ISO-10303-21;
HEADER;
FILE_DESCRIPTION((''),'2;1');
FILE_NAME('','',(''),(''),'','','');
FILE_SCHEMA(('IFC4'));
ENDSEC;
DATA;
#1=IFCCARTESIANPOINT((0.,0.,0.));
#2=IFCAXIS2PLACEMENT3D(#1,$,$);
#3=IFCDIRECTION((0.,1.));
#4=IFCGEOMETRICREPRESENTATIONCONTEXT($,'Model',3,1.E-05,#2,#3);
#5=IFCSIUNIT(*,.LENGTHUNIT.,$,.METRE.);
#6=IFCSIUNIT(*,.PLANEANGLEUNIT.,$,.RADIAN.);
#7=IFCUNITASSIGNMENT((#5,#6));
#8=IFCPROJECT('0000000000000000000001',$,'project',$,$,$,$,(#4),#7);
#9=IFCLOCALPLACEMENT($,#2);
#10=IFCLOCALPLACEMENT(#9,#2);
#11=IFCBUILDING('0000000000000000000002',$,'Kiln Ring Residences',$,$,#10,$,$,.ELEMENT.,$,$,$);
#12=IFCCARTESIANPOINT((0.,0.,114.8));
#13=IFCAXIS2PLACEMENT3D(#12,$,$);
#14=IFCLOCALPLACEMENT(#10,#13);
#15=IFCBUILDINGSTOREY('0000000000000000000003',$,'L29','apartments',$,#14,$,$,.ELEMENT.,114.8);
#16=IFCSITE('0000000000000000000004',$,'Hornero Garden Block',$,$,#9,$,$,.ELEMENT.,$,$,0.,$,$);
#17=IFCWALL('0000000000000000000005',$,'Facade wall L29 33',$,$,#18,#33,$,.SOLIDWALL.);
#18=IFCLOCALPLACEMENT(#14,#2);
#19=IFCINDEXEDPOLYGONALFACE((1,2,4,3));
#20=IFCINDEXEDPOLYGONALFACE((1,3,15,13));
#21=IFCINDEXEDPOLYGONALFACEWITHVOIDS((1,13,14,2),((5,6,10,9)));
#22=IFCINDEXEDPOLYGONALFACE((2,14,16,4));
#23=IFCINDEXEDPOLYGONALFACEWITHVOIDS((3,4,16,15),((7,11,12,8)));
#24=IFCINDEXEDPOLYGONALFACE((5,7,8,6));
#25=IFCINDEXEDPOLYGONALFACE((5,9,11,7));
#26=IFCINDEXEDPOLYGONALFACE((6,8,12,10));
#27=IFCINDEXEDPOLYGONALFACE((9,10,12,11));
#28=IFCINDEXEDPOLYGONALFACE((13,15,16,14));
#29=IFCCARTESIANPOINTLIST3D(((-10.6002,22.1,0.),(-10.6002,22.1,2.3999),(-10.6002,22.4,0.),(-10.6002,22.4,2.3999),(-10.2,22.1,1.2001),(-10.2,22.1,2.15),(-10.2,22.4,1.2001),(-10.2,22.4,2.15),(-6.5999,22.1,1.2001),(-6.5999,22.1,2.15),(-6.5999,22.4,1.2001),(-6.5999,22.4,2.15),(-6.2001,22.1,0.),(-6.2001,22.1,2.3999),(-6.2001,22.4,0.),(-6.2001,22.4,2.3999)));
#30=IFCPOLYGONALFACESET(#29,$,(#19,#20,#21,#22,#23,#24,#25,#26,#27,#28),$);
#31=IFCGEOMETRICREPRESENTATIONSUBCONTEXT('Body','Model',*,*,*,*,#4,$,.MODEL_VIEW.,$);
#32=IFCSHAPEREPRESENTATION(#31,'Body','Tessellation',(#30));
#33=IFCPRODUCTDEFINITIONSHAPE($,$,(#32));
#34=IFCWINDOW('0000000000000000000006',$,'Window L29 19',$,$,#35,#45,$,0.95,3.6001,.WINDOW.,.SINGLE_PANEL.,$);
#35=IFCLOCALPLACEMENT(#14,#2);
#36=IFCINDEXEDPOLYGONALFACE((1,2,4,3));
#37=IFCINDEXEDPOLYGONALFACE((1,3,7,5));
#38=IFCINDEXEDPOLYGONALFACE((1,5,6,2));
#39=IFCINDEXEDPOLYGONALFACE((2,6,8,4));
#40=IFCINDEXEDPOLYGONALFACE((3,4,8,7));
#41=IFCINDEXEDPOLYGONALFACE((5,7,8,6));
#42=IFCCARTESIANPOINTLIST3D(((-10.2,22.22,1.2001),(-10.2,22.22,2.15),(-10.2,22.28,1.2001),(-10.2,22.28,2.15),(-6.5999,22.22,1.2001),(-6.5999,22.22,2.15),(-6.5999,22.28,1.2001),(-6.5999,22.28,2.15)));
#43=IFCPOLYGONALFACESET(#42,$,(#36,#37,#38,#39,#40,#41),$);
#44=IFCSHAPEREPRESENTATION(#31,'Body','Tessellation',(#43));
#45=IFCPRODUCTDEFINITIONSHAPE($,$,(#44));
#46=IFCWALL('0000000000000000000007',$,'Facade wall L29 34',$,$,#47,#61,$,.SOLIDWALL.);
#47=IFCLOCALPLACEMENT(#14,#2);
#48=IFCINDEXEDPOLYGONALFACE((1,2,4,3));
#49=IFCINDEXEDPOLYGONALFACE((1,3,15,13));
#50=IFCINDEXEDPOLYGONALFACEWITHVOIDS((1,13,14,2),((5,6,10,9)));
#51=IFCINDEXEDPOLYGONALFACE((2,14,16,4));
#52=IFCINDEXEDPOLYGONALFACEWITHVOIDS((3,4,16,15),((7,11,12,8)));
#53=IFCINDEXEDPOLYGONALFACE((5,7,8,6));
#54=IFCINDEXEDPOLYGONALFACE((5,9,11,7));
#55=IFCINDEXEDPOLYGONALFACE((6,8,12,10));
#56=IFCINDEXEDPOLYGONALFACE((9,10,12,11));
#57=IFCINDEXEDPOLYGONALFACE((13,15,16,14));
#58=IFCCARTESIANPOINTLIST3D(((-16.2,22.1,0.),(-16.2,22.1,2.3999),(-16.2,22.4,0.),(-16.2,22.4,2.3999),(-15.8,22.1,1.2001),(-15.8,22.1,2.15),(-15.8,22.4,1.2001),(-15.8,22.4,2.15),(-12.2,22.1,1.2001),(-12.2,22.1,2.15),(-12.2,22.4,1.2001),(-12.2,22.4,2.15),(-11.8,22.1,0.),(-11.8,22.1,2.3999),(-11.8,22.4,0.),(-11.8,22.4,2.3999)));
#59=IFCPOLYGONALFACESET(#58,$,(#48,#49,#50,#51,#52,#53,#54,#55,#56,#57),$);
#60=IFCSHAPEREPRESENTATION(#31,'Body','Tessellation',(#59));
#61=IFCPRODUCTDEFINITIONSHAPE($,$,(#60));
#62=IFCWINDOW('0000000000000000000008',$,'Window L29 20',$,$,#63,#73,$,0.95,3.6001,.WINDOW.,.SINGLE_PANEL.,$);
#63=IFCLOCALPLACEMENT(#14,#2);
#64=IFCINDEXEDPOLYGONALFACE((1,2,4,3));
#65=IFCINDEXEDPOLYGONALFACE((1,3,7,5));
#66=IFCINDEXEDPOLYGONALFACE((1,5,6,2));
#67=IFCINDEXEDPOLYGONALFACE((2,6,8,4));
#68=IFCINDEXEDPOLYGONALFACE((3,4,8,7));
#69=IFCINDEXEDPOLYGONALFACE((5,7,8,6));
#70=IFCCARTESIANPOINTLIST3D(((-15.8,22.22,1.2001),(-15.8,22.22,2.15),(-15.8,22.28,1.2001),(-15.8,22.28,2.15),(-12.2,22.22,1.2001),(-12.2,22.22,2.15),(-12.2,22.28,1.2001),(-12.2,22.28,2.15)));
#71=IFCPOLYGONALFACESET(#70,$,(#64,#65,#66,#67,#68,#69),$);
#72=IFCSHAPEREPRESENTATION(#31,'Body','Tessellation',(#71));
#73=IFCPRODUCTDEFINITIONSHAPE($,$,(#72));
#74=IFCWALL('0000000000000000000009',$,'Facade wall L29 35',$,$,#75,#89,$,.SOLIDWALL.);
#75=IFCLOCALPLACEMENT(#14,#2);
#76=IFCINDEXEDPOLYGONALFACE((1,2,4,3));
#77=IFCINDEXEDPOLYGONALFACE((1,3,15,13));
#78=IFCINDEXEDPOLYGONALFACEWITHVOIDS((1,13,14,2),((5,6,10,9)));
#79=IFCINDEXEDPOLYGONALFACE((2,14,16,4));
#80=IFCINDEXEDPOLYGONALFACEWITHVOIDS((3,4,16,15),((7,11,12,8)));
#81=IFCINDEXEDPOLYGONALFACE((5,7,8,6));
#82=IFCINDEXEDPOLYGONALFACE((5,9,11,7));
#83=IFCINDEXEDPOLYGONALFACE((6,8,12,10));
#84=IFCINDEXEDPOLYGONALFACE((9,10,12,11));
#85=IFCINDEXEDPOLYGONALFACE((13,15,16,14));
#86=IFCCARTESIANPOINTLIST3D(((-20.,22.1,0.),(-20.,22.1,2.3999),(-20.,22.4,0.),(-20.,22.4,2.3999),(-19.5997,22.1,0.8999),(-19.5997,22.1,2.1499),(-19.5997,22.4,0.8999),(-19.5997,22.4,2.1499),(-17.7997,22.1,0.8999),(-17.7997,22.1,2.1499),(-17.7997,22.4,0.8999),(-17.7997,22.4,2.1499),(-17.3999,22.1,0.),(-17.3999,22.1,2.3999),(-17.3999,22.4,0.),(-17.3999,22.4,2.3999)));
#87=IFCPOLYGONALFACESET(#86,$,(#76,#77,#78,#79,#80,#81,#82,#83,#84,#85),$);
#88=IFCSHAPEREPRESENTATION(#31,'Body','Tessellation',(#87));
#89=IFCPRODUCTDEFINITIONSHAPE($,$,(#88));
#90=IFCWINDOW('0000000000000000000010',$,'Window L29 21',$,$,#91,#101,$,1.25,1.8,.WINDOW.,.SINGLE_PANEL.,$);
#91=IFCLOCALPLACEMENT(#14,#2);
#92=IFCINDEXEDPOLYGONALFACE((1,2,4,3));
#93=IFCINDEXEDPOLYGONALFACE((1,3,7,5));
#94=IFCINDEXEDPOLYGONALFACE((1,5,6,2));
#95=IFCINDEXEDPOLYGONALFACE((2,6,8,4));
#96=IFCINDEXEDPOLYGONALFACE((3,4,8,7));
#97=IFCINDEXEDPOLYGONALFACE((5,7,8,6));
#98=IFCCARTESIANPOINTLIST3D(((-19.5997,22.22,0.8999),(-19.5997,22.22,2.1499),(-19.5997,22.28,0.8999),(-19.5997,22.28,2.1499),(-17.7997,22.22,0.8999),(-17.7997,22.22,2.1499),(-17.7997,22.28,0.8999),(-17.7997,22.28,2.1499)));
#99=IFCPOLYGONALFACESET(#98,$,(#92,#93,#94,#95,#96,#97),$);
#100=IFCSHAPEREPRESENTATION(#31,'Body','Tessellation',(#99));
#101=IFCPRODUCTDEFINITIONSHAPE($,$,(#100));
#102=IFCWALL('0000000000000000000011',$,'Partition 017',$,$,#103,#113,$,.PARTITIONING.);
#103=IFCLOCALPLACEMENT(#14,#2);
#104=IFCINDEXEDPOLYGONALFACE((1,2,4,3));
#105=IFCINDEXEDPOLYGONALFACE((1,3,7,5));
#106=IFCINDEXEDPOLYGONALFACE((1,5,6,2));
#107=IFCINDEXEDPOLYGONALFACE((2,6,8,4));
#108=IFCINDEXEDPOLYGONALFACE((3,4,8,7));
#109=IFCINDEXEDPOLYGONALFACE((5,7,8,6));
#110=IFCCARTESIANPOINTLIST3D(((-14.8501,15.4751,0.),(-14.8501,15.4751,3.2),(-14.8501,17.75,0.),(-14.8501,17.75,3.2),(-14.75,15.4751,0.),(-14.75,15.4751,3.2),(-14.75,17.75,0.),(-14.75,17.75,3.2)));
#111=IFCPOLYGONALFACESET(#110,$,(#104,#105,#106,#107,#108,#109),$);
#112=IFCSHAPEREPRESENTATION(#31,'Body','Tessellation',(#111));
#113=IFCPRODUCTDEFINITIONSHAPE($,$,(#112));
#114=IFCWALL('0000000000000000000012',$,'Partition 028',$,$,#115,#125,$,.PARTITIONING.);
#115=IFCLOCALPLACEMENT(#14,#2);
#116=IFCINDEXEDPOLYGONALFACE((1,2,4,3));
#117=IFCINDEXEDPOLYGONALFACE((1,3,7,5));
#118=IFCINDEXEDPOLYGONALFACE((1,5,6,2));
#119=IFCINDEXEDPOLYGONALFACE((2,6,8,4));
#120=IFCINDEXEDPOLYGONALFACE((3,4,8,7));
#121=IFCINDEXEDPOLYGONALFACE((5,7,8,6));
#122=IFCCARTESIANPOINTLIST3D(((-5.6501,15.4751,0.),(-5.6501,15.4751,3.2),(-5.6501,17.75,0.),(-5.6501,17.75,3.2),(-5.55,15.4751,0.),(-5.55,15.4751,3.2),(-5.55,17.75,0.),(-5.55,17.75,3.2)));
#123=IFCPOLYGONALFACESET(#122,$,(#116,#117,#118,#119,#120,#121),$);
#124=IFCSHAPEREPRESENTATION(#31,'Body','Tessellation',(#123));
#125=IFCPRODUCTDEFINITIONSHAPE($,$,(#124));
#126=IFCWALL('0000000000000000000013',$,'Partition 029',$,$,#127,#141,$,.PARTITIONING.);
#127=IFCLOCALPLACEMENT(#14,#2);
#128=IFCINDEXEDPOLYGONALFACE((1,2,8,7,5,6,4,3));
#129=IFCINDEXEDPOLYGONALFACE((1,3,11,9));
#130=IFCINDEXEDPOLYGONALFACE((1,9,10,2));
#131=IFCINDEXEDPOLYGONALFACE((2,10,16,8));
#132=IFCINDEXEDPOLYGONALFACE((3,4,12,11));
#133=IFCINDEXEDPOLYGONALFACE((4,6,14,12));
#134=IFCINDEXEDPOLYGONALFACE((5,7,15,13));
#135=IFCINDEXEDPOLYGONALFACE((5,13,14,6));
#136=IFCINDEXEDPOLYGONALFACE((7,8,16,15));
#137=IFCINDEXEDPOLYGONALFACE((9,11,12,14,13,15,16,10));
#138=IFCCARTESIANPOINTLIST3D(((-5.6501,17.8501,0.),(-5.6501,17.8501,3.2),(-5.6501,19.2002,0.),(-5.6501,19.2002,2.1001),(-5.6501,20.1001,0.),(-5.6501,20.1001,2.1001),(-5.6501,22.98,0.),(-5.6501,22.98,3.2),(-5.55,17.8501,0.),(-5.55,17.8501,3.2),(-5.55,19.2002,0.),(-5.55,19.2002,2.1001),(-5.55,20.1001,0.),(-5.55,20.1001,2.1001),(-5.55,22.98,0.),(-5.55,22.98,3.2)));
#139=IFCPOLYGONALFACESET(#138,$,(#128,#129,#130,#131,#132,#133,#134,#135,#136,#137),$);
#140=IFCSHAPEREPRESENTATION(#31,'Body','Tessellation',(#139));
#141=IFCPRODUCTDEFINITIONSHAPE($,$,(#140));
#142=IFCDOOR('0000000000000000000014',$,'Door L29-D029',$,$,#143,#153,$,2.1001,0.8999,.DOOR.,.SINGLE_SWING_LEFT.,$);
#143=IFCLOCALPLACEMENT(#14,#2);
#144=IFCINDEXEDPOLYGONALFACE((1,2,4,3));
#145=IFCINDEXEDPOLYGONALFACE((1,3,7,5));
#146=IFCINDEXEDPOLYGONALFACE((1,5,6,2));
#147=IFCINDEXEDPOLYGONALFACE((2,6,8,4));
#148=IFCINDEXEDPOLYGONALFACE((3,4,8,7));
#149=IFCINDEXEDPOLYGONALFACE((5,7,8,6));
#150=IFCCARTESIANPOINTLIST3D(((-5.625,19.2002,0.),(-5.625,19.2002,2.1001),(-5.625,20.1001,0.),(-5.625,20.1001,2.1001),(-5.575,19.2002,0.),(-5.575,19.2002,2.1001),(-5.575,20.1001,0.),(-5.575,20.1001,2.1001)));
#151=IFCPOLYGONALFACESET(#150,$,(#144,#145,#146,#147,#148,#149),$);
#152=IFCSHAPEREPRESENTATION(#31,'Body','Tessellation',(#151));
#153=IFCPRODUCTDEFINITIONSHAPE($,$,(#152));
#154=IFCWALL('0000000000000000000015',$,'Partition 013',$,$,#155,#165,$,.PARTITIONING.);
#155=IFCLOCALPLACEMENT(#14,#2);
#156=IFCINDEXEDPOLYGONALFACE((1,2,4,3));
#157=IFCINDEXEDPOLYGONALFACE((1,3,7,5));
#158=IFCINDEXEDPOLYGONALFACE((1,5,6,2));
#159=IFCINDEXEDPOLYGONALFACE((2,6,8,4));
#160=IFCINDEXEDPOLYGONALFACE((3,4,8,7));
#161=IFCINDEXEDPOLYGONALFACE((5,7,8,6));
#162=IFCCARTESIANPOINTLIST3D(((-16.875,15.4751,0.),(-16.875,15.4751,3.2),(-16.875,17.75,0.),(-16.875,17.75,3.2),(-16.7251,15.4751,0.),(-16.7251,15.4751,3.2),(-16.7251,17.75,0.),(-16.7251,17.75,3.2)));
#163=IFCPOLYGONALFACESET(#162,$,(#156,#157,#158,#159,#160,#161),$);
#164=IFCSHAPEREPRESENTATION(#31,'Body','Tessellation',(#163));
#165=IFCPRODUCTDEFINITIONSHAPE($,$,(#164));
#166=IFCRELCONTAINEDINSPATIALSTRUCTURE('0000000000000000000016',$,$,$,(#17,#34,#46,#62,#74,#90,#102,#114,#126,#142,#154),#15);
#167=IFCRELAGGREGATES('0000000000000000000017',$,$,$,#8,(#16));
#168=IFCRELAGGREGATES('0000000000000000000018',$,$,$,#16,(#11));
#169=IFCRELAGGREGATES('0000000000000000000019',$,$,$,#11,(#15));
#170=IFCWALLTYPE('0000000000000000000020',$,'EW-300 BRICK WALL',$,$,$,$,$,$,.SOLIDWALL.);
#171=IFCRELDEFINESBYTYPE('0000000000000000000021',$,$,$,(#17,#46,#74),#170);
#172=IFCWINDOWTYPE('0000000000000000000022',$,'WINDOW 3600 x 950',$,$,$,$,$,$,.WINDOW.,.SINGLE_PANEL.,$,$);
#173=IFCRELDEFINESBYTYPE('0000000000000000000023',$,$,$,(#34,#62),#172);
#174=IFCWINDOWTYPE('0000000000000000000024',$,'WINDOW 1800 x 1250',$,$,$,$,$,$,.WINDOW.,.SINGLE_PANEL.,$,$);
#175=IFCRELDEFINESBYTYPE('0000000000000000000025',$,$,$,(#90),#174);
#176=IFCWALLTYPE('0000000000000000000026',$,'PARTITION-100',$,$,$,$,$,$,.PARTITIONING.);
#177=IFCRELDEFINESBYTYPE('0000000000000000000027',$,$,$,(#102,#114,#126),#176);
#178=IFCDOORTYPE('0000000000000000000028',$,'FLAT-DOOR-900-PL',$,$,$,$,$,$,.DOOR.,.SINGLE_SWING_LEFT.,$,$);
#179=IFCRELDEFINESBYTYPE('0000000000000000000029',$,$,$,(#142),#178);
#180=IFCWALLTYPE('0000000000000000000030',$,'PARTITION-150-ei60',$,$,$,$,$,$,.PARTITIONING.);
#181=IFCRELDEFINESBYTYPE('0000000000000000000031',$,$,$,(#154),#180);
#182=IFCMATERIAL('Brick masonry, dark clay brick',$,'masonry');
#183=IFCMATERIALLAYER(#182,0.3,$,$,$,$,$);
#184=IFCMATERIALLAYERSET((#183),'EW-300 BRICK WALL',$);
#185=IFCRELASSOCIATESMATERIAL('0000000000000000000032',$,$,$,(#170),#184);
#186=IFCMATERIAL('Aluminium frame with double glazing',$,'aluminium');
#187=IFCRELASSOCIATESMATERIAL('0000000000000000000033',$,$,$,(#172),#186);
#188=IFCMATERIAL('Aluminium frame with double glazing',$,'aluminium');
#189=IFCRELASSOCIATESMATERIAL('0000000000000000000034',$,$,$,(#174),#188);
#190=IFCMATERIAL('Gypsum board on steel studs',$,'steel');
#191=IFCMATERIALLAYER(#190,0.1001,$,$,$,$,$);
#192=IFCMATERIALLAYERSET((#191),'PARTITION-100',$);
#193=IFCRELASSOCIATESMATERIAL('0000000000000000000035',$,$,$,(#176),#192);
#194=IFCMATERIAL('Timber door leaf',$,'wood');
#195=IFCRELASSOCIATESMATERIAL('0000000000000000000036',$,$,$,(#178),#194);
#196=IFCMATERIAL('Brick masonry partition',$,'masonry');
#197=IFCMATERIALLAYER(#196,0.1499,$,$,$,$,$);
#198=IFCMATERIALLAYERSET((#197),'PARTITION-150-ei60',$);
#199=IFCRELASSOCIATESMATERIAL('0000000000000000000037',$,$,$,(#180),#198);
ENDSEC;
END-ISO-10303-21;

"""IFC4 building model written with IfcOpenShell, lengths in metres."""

from ifc_helpers import new_model, si_unit, direction, frame, frame_2d, origin, place, context, subcontext, project, spatial, rectangle, extrude, material, layer, layer_set, type_object, element, fill, save


model = new_model("IFC4")

# Units and contexts
model_context = context("Model", 3, precision=1e-05, world=origin(), true_north=direction((0.0, 1.0)))
body_context = subcontext(model_context, "Body", "Model", "MODEL_VIEW")
ifc_project = project(units=[si_unit("LENGTHUNIT", "METRE"), si_unit("PLANEANGLEUNIT", "RADIAN")], contexts=[model_context])

# Site, building, storey
site_placement = place(None, origin())
site = spatial("IfcSite", under=ifc_project, at=site_placement, Name="Hornero Garden Block", CompositionType="ELEMENT", RefElevation=0.0)
building_placement = place(site_placement, origin())
building = spatial("IfcBuilding", under=site, at=building_placement, Name="Kiln Ring Residences", CompositionType="ELEMENT")
storey_placement = place(building_placement, frame((0.0, 0.0, 114.8)))
storey = spatial("IfcBuildingStorey", under=building, at=storey_placement, Name="L29", Description="apartments", CompositionType="ELEMENT", Elevation=114.8)

# Walls, openings, windows
ifc_material_1 = material(Name="Brick masonry, dark clay brick", Category="masonry")
ifc_layer_1 = layer(ifc_material_1, 0.3)
ifc_layer_set_1 = layer_set([ifc_layer_1], Name="EW-300 BRICK WALL")
wall_type_1 = type_object("IfcWallType", Name="EW-300 BRICK WALL", PredefinedType="SOLIDWALL", material=ifc_layer_set_1)
ifc_material_2 = material(Name="Aluminium frame with double glazing", Category="aluminium")
window_type_1 = type_object("IfcWindowType", Name="WINDOW 3600 x 950", PartitioningType="SINGLE_PANEL", PredefinedType="WINDOW", material=ifc_material_2)
wall_1_placement = place(storey_placement, frame((-6.2, 22.25, 0.0), z_axis=(0.0, 0.0, 1.0), x_axis=(-1.0, 0.0, 0.0)))
wall_1 = element("IfcWall", 1, at=wall_1_placement, inside=storey, type_object=wall_type_1, Name="Facade wall L29 33", PredefinedType="SOLIDWALL", context=body_context, shape_type="SweptSolid", body=[
    extrude(rectangle(XDim=4.4001, YDim=0.3, at=frame_2d((2.2002, 0.0))), origin(), (0.0, 0.0, 1.0), 2.3999),
])
opening_1_placement = place(wall_1_placement, frame((0.3999, 0.0, 1.2)))
opening_1 = element("IfcOpeningElement", 2, at=opening_1_placement, cuts=wall_1, PredefinedType="OPENING", context=body_context, shape_type="SweptSolid", body=[
    extrude(rectangle(XDim=3.6001, YDim=0.95, at=frame_2d((1.8, 0.4751))), frame((0.0, 0.1599, 0.0), z_axis=(0.0, -1.0, 0.0), x_axis=(1.0, 0.0, 0.0)), (0.0, 0.0, 1.0), 0.3201),
])
window_1_placement = place(opening_1_placement, origin())
window_1 = element("IfcWindow", 3, at=window_1_placement, inside=storey, type_object=window_type_1, Name="Window L29 19", OverallHeight=0.95, OverallWidth=3.6001, PartitioningType="SINGLE_PANEL", PredefinedType="WINDOW", context=body_context, shape_type="SweptSolid", body=[
    extrude(rectangle(XDim=3.6001, YDim=0.95, at=frame_2d((1.8, 0.4751))), frame((0.0, 0.03, 0.0), z_axis=(0.0, -1.0, 0.0), x_axis=(1.0, 0.0, 0.0)), (0.0, 0.0, 1.0), 0.0601),
])
fill(opening_1, window_1)
wall_2_placement = place(storey_placement, frame((-11.8, 22.25, 0.0), z_axis=(0.0, 0.0, 1.0), x_axis=(-1.0, 0.0, 0.0)))
wall_2 = element("IfcWall", 4, at=wall_2_placement, inside=storey, type_object=wall_type_1, Name="Facade wall L29 34", PredefinedType="SOLIDWALL", context=body_context, shape_type="SweptSolid", body=[
    extrude(rectangle(XDim=4.3999, YDim=0.3, at=frame_2d((2.2, 0.0))), origin(), (0.0, 0.0, 1.0), 2.3999),
])
opening_2_placement = place(wall_2_placement, frame((0.3999, 0.0, 1.2)))
opening_2 = element("IfcOpeningElement", 5, at=opening_2_placement, cuts=wall_2, PredefinedType="OPENING", context=body_context, shape_type="SweptSolid", body=[
    extrude(rectangle(XDim=3.6001, YDim=0.95, at=frame_2d((1.8, 0.4751))), frame((0.0, 0.1599, 0.0), z_axis=(0.0, -1.0, 0.0), x_axis=(1.0, 0.0, 0.0)), (0.0, 0.0, 1.0), 0.3201),
])
window_2_placement = place(opening_2_placement, origin())
window_2 = element("IfcWindow", 6, at=window_2_placement, inside=storey, type_object=window_type_1, Name="Window L29 20", OverallHeight=0.95, OverallWidth=3.6001, PartitioningType="SINGLE_PANEL", PredefinedType="WINDOW", context=body_context, shape_type="SweptSolid", body=[
    extrude(rectangle(XDim=3.6001, YDim=0.95, at=frame_2d((1.8, 0.4751))), frame((0.0, 0.03, 0.0), z_axis=(0.0, -1.0, 0.0), x_axis=(1.0, 0.0, 0.0)), (0.0, 0.0, 1.0), 0.0601),
])
fill(opening_2, window_2)
wall_3_placement = place(storey_placement, frame((-17.3999, 22.25, 0.0), z_axis=(0.0, 0.0, 1.0), x_axis=(-1.0, 0.0, 0.0)))
wall_3 = element("IfcWall", 7, at=wall_3_placement, inside=storey, type_object=wall_type_1, Name="Facade wall L29 35", PredefinedType="SOLIDWALL", context=body_context, shape_type="SweptSolid", body=[
    extrude(rectangle(XDim=2.6001, YDim=0.3, at=frame_2d((1.3, 0.0))), origin(), (0.0, 0.0, 1.0), 2.3999),
])
opening_3_placement = place(wall_3_placement, frame((0.3999, 0.0, 0.8999)))
opening_3 = element("IfcOpeningElement", 8, at=opening_3_placement, cuts=wall_3, PredefinedType="OPENING", context=body_context, shape_type="SweptSolid", body=[
    extrude(rectangle(XDim=1.8, YDim=1.25, at=frame_2d((0.8999, 0.625))), frame((0.0, 0.1599, 0.0), z_axis=(0.0, -1.0, 0.0), x_axis=(1.0, 0.0, 0.0)), (0.0, 0.0, 1.0), 0.3201),
])
ifc_material_3 = material(Name="Aluminium frame with double glazing", Category="aluminium")
window_type_2 = type_object("IfcWindowType", Name="WINDOW 1800 x 1250", PartitioningType="SINGLE_PANEL", PredefinedType="WINDOW", material=ifc_material_3)
window_3_placement = place(opening_3_placement, origin())
window_3 = element("IfcWindow", 9, at=window_3_placement, inside=storey, type_object=window_type_2, Name="Window L29 21", OverallHeight=1.25, OverallWidth=1.8, PartitioningType="SINGLE_PANEL", PredefinedType="WINDOW", context=body_context, shape_type="SweptSolid", body=[
    extrude(rectangle(XDim=1.8, YDim=1.25, at=frame_2d((0.8999, 0.625))), frame((0.0, 0.03, 0.0), z_axis=(0.0, -1.0, 0.0), x_axis=(1.0, 0.0, 0.0)), (0.0, 0.0, 1.0), 0.0601),
])
fill(opening_3, window_3)

# Walls
ifc_material_4 = material(Name="Gypsum board on steel studs", Category="steel")
ifc_layer_2 = layer(ifc_material_4, 0.1001)
ifc_layer_set_2 = layer_set([ifc_layer_2], Name="PARTITION-100")
wall_type_2 = type_object("IfcWallType", Name="PARTITION-100", PredefinedType="PARTITIONING", material=ifc_layer_set_2)
for number, where, z_axis, x_axis, name in (
    (10, (-14.8, 15.4751, 0.0), (0.0, 0.0, 1.0), (0.0, 1.0, 0.0), "Partition 017"),
    (11, (-5.6001, 15.4751, 0.0), (0.0, 0.0, 1.0), (0.0, 1.0, 0.0), "Partition 028"),
):
    element("IfcWall", number, at=place(storey_placement, frame(where, z_axis=z_axis, x_axis=x_axis)), inside=storey, type_object=wall_type_2, Name=name, PredefinedType="PARTITIONING", context=body_context, shape_type="SweptSolid", body=[
        extrude(rectangle(XDim=2.2749, YDim=0.1001, at=frame_2d((1.1375, 0.0))), origin(), (0.0, 0.0, 1.0), 3.2),
    ])

# Wall, opening, door
wall_4_placement = place(storey_placement, frame((-5.6001, 17.8501, 0.0), z_axis=(0.0, 0.0, 1.0), x_axis=(0.0, 1.0, 0.0)))
wall_4 = element("IfcWall", 12, at=wall_4_placement, inside=storey, type_object=wall_type_2, Name="Partition 029", PredefinedType="PARTITIONING", context=body_context, shape_type="SweptSolid", body=[
    extrude(rectangle(XDim=5.1299, YDim=0.1001, at=frame_2d((2.5649, 0.0))), origin(), (0.0, 0.0, 1.0), 3.2),
])
opening_4_placement = place(wall_4_placement, frame((1.3501, 0.0, 0.0)))
opening_4 = element("IfcOpeningElement", 13, at=opening_4_placement, cuts=wall_4, PredefinedType="OPENING", context=body_context, shape_type="SweptSolid", body=[
    extrude(rectangle(XDim=0.8999, YDim=2.1001, at=frame_2d((0.45, 1.05))), frame((0.0, 0.0601, 0.0), z_axis=(0.0, -1.0, 0.0), x_axis=(1.0, 0.0, 0.0)), (0.0, 0.0, 1.0), 0.1201),
])
ifc_material_5 = material(Name="Timber door leaf", Category="wood")
door_type = type_object("IfcDoorType", Name="FLAT-DOOR-900-PL", OperationType="SINGLE_SWING_LEFT", PredefinedType="DOOR", material=ifc_material_5)
door_placement = place(opening_4_placement, origin())
door = element("IfcDoor", 14, at=door_placement, inside=storey, type_object=door_type, Name="Door L29-D029", OperationType="SINGLE_SWING_LEFT", OverallHeight=2.1001, OverallWidth=0.8999, PredefinedType="DOOR", context=body_context, shape_type="SweptSolid", body=[
    extrude(rectangle(XDim=0.8999, YDim=2.1001, at=frame_2d((0.45, 1.05))), frame((0.0, 0.0249, 0.0), z_axis=(0.0, -1.0, 0.0), x_axis=(1.0, 0.0, 0.0)), (0.0, 0.0, 1.0), 0.05),
])
fill(opening_4, door)

# Wall
ifc_material_6 = material(Name="Brick masonry partition", Category="masonry")
ifc_layer_3 = layer(ifc_material_6, 0.1499)
ifc_layer_set_3 = layer_set([ifc_layer_3], Name="PARTITION-150-ei60")
wall_type_3 = type_object("IfcWallType", Name="PARTITION-150-ei60", PredefinedType="PARTITIONING", material=ifc_layer_set_3)
wall_5_placement = place(storey_placement, frame((-16.8, 15.4751, 0.0), z_axis=(0.0, 0.0, 1.0), x_axis=(0.0, 1.0, 0.0)))
element("IfcWall", 15, at=wall_5_placement, inside=storey, type_object=wall_type_3, Name="Partition 013", PredefinedType="PARTITIONING", context=body_context, shape_type="SweptSolid", body=[
    extrude(rectangle(XDim=2.2749, YDim=0.1499, at=frame_2d((1.1375, 0.0))), origin(), (0.0, 0.0, 1.0), 3.2),
])

save(model, "model.ifc")
